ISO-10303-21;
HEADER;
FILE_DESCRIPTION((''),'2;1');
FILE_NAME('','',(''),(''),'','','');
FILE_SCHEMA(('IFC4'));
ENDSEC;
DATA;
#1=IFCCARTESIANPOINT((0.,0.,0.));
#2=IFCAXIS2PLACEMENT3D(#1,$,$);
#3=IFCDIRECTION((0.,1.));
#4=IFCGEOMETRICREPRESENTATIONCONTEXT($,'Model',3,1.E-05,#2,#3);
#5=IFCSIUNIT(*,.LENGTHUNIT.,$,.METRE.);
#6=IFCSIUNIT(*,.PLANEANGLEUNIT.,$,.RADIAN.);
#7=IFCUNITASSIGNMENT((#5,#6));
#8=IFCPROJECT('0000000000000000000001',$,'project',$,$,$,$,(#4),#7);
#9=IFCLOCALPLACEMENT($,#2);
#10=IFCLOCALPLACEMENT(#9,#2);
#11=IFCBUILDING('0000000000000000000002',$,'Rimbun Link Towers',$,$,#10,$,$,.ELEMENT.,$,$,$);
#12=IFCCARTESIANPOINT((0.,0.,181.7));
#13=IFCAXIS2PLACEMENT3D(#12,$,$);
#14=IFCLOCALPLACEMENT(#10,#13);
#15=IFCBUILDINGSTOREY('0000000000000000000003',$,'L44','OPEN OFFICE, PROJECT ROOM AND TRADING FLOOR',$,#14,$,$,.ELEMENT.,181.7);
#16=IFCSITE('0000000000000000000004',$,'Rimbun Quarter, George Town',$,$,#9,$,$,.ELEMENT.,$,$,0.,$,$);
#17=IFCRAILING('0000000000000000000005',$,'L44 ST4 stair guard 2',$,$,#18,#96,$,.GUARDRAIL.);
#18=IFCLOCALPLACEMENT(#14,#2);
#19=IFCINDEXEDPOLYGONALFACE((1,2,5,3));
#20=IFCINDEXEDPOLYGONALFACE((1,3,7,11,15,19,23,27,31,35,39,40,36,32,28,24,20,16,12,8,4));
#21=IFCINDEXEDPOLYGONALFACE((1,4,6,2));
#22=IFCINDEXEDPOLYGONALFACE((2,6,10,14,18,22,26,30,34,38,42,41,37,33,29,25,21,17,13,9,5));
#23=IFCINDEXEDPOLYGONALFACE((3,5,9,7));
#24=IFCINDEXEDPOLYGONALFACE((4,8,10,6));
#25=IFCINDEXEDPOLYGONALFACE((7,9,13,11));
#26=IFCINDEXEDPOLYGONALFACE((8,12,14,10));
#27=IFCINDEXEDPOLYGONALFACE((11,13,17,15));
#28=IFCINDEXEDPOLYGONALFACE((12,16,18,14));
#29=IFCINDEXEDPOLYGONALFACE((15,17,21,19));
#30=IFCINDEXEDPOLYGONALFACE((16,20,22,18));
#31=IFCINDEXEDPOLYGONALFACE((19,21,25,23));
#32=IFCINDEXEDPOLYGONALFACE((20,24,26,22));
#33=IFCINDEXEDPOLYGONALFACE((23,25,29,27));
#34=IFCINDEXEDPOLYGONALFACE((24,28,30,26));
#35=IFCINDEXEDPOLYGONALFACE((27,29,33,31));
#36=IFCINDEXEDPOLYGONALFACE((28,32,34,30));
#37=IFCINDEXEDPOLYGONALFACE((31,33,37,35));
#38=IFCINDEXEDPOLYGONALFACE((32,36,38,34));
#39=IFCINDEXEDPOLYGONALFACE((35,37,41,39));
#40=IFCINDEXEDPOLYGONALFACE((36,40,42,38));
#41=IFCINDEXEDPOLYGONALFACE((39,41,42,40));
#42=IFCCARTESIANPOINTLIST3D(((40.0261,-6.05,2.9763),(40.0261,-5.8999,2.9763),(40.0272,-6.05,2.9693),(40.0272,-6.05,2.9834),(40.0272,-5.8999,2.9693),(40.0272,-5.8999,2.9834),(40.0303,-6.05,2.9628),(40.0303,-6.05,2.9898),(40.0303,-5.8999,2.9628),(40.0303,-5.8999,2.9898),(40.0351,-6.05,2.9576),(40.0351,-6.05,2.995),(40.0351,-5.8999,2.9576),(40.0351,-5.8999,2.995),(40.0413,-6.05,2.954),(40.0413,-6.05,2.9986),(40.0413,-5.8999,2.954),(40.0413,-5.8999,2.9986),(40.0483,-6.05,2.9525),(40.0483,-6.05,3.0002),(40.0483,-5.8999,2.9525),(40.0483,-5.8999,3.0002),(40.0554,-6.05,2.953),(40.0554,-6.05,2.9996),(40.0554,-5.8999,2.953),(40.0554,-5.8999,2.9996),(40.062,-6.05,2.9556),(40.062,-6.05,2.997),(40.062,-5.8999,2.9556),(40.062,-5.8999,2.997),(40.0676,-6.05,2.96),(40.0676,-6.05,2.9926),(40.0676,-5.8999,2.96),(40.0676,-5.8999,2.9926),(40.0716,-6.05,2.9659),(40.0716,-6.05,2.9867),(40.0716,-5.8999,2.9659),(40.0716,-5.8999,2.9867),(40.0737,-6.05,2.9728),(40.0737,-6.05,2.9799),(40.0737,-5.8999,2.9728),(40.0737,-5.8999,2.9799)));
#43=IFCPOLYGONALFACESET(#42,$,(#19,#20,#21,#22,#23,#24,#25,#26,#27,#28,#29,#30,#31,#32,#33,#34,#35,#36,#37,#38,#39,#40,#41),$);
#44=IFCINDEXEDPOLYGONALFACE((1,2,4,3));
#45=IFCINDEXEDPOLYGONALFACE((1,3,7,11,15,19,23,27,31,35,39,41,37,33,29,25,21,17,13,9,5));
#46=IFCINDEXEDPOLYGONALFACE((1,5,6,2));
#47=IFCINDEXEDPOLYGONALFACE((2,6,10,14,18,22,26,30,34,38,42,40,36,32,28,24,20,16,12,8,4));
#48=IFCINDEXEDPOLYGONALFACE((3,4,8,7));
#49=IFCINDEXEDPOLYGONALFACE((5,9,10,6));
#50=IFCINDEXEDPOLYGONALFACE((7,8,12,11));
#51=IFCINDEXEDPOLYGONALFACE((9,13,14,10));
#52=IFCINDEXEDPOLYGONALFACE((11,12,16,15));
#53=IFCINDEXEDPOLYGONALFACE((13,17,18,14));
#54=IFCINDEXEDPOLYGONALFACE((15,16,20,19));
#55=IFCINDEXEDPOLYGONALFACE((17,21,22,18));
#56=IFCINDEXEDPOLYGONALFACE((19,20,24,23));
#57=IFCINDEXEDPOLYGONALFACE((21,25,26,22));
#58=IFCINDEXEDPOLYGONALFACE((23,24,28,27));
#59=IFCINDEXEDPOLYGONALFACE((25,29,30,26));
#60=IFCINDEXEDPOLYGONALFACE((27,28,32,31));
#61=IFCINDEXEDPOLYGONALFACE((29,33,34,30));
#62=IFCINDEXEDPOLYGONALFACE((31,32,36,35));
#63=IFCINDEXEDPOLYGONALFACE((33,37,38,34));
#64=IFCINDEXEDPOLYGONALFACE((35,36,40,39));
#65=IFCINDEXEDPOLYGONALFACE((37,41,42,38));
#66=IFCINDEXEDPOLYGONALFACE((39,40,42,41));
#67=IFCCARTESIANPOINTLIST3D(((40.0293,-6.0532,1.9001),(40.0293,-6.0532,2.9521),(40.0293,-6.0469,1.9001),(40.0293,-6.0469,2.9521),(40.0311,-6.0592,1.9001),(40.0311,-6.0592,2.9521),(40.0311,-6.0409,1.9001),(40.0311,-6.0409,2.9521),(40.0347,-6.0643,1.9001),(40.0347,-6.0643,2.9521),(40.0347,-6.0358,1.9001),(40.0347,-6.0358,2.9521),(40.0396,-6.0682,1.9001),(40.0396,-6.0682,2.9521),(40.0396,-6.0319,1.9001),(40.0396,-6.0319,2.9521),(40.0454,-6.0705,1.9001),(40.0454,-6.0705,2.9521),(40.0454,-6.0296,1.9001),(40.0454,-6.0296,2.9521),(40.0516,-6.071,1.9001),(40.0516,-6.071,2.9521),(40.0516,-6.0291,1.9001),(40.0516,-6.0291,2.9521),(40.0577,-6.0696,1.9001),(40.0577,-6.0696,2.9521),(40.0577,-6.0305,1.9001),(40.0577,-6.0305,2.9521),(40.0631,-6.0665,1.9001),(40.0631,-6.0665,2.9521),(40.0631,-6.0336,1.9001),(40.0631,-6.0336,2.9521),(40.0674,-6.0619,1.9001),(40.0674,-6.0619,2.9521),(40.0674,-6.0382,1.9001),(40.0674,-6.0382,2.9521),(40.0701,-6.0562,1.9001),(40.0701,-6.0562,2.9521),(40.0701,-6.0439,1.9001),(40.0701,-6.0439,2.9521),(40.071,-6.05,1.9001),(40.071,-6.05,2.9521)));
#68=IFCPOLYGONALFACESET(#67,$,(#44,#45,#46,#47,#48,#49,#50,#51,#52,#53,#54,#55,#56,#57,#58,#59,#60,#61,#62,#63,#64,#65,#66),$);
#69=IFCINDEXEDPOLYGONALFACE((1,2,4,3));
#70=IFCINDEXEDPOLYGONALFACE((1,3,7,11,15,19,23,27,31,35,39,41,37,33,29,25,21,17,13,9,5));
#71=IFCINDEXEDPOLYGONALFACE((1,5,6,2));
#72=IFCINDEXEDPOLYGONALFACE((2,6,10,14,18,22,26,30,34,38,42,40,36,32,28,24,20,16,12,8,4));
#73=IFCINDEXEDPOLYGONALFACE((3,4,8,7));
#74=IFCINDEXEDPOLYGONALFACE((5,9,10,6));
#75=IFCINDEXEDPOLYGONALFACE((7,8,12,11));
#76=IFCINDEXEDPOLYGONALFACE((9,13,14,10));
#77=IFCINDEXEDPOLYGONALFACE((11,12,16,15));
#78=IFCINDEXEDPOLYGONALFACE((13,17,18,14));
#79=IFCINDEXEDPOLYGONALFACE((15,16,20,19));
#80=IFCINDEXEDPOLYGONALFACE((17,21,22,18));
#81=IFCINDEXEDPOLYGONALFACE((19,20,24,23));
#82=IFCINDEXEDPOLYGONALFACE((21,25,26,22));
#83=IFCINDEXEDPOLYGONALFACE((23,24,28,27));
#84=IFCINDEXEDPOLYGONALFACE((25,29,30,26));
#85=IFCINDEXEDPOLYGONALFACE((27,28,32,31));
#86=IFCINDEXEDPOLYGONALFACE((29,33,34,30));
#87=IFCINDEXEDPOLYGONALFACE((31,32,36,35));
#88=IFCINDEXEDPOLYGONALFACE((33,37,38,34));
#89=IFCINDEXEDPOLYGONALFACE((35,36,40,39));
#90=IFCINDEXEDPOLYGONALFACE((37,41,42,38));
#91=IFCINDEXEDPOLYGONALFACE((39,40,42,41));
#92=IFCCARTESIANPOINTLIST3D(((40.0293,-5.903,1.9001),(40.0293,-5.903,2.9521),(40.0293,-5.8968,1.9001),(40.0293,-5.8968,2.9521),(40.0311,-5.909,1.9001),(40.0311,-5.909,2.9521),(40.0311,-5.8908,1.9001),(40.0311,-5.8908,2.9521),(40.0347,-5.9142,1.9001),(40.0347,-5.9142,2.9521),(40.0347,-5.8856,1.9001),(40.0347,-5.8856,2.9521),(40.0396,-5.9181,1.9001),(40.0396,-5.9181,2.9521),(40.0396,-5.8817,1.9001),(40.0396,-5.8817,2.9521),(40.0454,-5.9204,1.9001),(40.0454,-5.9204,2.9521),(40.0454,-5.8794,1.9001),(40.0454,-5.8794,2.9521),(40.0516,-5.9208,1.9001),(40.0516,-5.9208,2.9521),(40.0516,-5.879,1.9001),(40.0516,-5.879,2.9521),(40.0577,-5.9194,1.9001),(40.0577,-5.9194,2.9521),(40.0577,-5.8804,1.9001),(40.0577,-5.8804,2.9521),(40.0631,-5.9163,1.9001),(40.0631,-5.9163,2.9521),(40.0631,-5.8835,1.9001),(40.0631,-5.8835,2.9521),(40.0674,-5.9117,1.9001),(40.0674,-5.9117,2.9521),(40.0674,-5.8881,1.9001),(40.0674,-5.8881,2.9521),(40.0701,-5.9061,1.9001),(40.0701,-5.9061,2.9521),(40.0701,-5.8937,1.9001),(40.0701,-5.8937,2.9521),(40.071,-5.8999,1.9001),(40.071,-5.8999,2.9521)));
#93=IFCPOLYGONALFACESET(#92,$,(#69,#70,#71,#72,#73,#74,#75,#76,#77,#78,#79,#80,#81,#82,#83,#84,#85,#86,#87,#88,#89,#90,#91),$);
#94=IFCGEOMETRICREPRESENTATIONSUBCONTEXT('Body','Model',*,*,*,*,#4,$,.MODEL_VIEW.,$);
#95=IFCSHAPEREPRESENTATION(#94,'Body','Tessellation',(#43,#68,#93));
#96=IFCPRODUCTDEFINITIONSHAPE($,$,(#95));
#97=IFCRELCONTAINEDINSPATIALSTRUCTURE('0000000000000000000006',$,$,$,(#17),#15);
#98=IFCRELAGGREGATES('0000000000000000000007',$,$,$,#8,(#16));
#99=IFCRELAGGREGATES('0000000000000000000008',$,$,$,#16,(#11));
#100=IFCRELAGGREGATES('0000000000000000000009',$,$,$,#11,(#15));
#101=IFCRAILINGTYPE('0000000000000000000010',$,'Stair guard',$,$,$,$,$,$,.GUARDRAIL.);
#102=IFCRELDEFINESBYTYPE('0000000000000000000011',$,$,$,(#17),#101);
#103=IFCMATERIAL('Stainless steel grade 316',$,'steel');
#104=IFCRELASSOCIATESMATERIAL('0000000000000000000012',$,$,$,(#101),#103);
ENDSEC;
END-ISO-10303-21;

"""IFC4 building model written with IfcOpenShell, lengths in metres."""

from ifc_helpers import new_model, si_unit, direction, frame, origin, origin_2d, place, context, subcontext, project, spatial, circle, extrude, material, type_object, element, save


model = new_model("IFC4")

# Units and contexts
model_context = context("Model", 3, precision=1e-05, world=origin(), true_north=direction((0.0, 1.0)))
body_context = subcontext(model_context, "Body", "Model", "MODEL_VIEW")
ifc_project = project(units=[si_unit("LENGTHUNIT", "METRE"), si_unit("PLANEANGLEUNIT", "RADIAN")], contexts=[model_context])

# Site, building, storey
site_placement = place(None, origin())
site = spatial("IfcSite", under=ifc_project, at=site_placement, Name="Rimbun Quarter, George Town", CompositionType="ELEMENT", RefElevation=0.0)
building_placement = place(site_placement, origin())
building = spatial("IfcBuilding", under=site, at=building_placement, Name="Rimbun Link Towers", CompositionType="ELEMENT")
storey_placement = place(building_placement, frame((0.0, 0.0, 181.7)))
storey = spatial("IfcBuildingStorey", under=building, at=storey_placement, Name="L44", Description="OPEN OFFICE, PROJECT ROOM AND TRADING FLOOR", CompositionType="ELEMENT", Elevation=181.7)

# Railing
ifc_material_1 = material(Name="Stainless steel grade 316", Category="steel")
railing_type_1 = type_object("IfcRailingType", Name="Stair guard", PredefinedType="GUARDRAIL", material=ifc_material_1)
railing_1_placement = place(storey_placement, frame((40.05, -6.05, 1.9001)))
element("IfcRailing", 1, at=railing_1_placement, inside=storey, type_object=railing_type_1, Name="L44 ST4 stair guard 2", PredefinedType="GUARDRAIL", context=body_context, shape_type="SweptSolid", body=[
    extrude(circle(Radius=0.0239, at=origin_2d()), frame((0.0, 0.0, 1.0762), z_axis=(0.0, 1.0, 0.0), x_axis=(-1.0, 0.0, 0.0)), (0.0, 0.0, 1.0), 0.1501),
    extrude(circle(Radius=0.021, at=origin_2d()), origin(), (0.0, 0.0, 1.0), 1.052),
    extrude(circle(Radius=0.021, at=origin_2d()), frame((0.0, 0.1501, 0.0)), (0.0, 0.0, 1.0), 1.052),
])

save(model, "model.ifc")
